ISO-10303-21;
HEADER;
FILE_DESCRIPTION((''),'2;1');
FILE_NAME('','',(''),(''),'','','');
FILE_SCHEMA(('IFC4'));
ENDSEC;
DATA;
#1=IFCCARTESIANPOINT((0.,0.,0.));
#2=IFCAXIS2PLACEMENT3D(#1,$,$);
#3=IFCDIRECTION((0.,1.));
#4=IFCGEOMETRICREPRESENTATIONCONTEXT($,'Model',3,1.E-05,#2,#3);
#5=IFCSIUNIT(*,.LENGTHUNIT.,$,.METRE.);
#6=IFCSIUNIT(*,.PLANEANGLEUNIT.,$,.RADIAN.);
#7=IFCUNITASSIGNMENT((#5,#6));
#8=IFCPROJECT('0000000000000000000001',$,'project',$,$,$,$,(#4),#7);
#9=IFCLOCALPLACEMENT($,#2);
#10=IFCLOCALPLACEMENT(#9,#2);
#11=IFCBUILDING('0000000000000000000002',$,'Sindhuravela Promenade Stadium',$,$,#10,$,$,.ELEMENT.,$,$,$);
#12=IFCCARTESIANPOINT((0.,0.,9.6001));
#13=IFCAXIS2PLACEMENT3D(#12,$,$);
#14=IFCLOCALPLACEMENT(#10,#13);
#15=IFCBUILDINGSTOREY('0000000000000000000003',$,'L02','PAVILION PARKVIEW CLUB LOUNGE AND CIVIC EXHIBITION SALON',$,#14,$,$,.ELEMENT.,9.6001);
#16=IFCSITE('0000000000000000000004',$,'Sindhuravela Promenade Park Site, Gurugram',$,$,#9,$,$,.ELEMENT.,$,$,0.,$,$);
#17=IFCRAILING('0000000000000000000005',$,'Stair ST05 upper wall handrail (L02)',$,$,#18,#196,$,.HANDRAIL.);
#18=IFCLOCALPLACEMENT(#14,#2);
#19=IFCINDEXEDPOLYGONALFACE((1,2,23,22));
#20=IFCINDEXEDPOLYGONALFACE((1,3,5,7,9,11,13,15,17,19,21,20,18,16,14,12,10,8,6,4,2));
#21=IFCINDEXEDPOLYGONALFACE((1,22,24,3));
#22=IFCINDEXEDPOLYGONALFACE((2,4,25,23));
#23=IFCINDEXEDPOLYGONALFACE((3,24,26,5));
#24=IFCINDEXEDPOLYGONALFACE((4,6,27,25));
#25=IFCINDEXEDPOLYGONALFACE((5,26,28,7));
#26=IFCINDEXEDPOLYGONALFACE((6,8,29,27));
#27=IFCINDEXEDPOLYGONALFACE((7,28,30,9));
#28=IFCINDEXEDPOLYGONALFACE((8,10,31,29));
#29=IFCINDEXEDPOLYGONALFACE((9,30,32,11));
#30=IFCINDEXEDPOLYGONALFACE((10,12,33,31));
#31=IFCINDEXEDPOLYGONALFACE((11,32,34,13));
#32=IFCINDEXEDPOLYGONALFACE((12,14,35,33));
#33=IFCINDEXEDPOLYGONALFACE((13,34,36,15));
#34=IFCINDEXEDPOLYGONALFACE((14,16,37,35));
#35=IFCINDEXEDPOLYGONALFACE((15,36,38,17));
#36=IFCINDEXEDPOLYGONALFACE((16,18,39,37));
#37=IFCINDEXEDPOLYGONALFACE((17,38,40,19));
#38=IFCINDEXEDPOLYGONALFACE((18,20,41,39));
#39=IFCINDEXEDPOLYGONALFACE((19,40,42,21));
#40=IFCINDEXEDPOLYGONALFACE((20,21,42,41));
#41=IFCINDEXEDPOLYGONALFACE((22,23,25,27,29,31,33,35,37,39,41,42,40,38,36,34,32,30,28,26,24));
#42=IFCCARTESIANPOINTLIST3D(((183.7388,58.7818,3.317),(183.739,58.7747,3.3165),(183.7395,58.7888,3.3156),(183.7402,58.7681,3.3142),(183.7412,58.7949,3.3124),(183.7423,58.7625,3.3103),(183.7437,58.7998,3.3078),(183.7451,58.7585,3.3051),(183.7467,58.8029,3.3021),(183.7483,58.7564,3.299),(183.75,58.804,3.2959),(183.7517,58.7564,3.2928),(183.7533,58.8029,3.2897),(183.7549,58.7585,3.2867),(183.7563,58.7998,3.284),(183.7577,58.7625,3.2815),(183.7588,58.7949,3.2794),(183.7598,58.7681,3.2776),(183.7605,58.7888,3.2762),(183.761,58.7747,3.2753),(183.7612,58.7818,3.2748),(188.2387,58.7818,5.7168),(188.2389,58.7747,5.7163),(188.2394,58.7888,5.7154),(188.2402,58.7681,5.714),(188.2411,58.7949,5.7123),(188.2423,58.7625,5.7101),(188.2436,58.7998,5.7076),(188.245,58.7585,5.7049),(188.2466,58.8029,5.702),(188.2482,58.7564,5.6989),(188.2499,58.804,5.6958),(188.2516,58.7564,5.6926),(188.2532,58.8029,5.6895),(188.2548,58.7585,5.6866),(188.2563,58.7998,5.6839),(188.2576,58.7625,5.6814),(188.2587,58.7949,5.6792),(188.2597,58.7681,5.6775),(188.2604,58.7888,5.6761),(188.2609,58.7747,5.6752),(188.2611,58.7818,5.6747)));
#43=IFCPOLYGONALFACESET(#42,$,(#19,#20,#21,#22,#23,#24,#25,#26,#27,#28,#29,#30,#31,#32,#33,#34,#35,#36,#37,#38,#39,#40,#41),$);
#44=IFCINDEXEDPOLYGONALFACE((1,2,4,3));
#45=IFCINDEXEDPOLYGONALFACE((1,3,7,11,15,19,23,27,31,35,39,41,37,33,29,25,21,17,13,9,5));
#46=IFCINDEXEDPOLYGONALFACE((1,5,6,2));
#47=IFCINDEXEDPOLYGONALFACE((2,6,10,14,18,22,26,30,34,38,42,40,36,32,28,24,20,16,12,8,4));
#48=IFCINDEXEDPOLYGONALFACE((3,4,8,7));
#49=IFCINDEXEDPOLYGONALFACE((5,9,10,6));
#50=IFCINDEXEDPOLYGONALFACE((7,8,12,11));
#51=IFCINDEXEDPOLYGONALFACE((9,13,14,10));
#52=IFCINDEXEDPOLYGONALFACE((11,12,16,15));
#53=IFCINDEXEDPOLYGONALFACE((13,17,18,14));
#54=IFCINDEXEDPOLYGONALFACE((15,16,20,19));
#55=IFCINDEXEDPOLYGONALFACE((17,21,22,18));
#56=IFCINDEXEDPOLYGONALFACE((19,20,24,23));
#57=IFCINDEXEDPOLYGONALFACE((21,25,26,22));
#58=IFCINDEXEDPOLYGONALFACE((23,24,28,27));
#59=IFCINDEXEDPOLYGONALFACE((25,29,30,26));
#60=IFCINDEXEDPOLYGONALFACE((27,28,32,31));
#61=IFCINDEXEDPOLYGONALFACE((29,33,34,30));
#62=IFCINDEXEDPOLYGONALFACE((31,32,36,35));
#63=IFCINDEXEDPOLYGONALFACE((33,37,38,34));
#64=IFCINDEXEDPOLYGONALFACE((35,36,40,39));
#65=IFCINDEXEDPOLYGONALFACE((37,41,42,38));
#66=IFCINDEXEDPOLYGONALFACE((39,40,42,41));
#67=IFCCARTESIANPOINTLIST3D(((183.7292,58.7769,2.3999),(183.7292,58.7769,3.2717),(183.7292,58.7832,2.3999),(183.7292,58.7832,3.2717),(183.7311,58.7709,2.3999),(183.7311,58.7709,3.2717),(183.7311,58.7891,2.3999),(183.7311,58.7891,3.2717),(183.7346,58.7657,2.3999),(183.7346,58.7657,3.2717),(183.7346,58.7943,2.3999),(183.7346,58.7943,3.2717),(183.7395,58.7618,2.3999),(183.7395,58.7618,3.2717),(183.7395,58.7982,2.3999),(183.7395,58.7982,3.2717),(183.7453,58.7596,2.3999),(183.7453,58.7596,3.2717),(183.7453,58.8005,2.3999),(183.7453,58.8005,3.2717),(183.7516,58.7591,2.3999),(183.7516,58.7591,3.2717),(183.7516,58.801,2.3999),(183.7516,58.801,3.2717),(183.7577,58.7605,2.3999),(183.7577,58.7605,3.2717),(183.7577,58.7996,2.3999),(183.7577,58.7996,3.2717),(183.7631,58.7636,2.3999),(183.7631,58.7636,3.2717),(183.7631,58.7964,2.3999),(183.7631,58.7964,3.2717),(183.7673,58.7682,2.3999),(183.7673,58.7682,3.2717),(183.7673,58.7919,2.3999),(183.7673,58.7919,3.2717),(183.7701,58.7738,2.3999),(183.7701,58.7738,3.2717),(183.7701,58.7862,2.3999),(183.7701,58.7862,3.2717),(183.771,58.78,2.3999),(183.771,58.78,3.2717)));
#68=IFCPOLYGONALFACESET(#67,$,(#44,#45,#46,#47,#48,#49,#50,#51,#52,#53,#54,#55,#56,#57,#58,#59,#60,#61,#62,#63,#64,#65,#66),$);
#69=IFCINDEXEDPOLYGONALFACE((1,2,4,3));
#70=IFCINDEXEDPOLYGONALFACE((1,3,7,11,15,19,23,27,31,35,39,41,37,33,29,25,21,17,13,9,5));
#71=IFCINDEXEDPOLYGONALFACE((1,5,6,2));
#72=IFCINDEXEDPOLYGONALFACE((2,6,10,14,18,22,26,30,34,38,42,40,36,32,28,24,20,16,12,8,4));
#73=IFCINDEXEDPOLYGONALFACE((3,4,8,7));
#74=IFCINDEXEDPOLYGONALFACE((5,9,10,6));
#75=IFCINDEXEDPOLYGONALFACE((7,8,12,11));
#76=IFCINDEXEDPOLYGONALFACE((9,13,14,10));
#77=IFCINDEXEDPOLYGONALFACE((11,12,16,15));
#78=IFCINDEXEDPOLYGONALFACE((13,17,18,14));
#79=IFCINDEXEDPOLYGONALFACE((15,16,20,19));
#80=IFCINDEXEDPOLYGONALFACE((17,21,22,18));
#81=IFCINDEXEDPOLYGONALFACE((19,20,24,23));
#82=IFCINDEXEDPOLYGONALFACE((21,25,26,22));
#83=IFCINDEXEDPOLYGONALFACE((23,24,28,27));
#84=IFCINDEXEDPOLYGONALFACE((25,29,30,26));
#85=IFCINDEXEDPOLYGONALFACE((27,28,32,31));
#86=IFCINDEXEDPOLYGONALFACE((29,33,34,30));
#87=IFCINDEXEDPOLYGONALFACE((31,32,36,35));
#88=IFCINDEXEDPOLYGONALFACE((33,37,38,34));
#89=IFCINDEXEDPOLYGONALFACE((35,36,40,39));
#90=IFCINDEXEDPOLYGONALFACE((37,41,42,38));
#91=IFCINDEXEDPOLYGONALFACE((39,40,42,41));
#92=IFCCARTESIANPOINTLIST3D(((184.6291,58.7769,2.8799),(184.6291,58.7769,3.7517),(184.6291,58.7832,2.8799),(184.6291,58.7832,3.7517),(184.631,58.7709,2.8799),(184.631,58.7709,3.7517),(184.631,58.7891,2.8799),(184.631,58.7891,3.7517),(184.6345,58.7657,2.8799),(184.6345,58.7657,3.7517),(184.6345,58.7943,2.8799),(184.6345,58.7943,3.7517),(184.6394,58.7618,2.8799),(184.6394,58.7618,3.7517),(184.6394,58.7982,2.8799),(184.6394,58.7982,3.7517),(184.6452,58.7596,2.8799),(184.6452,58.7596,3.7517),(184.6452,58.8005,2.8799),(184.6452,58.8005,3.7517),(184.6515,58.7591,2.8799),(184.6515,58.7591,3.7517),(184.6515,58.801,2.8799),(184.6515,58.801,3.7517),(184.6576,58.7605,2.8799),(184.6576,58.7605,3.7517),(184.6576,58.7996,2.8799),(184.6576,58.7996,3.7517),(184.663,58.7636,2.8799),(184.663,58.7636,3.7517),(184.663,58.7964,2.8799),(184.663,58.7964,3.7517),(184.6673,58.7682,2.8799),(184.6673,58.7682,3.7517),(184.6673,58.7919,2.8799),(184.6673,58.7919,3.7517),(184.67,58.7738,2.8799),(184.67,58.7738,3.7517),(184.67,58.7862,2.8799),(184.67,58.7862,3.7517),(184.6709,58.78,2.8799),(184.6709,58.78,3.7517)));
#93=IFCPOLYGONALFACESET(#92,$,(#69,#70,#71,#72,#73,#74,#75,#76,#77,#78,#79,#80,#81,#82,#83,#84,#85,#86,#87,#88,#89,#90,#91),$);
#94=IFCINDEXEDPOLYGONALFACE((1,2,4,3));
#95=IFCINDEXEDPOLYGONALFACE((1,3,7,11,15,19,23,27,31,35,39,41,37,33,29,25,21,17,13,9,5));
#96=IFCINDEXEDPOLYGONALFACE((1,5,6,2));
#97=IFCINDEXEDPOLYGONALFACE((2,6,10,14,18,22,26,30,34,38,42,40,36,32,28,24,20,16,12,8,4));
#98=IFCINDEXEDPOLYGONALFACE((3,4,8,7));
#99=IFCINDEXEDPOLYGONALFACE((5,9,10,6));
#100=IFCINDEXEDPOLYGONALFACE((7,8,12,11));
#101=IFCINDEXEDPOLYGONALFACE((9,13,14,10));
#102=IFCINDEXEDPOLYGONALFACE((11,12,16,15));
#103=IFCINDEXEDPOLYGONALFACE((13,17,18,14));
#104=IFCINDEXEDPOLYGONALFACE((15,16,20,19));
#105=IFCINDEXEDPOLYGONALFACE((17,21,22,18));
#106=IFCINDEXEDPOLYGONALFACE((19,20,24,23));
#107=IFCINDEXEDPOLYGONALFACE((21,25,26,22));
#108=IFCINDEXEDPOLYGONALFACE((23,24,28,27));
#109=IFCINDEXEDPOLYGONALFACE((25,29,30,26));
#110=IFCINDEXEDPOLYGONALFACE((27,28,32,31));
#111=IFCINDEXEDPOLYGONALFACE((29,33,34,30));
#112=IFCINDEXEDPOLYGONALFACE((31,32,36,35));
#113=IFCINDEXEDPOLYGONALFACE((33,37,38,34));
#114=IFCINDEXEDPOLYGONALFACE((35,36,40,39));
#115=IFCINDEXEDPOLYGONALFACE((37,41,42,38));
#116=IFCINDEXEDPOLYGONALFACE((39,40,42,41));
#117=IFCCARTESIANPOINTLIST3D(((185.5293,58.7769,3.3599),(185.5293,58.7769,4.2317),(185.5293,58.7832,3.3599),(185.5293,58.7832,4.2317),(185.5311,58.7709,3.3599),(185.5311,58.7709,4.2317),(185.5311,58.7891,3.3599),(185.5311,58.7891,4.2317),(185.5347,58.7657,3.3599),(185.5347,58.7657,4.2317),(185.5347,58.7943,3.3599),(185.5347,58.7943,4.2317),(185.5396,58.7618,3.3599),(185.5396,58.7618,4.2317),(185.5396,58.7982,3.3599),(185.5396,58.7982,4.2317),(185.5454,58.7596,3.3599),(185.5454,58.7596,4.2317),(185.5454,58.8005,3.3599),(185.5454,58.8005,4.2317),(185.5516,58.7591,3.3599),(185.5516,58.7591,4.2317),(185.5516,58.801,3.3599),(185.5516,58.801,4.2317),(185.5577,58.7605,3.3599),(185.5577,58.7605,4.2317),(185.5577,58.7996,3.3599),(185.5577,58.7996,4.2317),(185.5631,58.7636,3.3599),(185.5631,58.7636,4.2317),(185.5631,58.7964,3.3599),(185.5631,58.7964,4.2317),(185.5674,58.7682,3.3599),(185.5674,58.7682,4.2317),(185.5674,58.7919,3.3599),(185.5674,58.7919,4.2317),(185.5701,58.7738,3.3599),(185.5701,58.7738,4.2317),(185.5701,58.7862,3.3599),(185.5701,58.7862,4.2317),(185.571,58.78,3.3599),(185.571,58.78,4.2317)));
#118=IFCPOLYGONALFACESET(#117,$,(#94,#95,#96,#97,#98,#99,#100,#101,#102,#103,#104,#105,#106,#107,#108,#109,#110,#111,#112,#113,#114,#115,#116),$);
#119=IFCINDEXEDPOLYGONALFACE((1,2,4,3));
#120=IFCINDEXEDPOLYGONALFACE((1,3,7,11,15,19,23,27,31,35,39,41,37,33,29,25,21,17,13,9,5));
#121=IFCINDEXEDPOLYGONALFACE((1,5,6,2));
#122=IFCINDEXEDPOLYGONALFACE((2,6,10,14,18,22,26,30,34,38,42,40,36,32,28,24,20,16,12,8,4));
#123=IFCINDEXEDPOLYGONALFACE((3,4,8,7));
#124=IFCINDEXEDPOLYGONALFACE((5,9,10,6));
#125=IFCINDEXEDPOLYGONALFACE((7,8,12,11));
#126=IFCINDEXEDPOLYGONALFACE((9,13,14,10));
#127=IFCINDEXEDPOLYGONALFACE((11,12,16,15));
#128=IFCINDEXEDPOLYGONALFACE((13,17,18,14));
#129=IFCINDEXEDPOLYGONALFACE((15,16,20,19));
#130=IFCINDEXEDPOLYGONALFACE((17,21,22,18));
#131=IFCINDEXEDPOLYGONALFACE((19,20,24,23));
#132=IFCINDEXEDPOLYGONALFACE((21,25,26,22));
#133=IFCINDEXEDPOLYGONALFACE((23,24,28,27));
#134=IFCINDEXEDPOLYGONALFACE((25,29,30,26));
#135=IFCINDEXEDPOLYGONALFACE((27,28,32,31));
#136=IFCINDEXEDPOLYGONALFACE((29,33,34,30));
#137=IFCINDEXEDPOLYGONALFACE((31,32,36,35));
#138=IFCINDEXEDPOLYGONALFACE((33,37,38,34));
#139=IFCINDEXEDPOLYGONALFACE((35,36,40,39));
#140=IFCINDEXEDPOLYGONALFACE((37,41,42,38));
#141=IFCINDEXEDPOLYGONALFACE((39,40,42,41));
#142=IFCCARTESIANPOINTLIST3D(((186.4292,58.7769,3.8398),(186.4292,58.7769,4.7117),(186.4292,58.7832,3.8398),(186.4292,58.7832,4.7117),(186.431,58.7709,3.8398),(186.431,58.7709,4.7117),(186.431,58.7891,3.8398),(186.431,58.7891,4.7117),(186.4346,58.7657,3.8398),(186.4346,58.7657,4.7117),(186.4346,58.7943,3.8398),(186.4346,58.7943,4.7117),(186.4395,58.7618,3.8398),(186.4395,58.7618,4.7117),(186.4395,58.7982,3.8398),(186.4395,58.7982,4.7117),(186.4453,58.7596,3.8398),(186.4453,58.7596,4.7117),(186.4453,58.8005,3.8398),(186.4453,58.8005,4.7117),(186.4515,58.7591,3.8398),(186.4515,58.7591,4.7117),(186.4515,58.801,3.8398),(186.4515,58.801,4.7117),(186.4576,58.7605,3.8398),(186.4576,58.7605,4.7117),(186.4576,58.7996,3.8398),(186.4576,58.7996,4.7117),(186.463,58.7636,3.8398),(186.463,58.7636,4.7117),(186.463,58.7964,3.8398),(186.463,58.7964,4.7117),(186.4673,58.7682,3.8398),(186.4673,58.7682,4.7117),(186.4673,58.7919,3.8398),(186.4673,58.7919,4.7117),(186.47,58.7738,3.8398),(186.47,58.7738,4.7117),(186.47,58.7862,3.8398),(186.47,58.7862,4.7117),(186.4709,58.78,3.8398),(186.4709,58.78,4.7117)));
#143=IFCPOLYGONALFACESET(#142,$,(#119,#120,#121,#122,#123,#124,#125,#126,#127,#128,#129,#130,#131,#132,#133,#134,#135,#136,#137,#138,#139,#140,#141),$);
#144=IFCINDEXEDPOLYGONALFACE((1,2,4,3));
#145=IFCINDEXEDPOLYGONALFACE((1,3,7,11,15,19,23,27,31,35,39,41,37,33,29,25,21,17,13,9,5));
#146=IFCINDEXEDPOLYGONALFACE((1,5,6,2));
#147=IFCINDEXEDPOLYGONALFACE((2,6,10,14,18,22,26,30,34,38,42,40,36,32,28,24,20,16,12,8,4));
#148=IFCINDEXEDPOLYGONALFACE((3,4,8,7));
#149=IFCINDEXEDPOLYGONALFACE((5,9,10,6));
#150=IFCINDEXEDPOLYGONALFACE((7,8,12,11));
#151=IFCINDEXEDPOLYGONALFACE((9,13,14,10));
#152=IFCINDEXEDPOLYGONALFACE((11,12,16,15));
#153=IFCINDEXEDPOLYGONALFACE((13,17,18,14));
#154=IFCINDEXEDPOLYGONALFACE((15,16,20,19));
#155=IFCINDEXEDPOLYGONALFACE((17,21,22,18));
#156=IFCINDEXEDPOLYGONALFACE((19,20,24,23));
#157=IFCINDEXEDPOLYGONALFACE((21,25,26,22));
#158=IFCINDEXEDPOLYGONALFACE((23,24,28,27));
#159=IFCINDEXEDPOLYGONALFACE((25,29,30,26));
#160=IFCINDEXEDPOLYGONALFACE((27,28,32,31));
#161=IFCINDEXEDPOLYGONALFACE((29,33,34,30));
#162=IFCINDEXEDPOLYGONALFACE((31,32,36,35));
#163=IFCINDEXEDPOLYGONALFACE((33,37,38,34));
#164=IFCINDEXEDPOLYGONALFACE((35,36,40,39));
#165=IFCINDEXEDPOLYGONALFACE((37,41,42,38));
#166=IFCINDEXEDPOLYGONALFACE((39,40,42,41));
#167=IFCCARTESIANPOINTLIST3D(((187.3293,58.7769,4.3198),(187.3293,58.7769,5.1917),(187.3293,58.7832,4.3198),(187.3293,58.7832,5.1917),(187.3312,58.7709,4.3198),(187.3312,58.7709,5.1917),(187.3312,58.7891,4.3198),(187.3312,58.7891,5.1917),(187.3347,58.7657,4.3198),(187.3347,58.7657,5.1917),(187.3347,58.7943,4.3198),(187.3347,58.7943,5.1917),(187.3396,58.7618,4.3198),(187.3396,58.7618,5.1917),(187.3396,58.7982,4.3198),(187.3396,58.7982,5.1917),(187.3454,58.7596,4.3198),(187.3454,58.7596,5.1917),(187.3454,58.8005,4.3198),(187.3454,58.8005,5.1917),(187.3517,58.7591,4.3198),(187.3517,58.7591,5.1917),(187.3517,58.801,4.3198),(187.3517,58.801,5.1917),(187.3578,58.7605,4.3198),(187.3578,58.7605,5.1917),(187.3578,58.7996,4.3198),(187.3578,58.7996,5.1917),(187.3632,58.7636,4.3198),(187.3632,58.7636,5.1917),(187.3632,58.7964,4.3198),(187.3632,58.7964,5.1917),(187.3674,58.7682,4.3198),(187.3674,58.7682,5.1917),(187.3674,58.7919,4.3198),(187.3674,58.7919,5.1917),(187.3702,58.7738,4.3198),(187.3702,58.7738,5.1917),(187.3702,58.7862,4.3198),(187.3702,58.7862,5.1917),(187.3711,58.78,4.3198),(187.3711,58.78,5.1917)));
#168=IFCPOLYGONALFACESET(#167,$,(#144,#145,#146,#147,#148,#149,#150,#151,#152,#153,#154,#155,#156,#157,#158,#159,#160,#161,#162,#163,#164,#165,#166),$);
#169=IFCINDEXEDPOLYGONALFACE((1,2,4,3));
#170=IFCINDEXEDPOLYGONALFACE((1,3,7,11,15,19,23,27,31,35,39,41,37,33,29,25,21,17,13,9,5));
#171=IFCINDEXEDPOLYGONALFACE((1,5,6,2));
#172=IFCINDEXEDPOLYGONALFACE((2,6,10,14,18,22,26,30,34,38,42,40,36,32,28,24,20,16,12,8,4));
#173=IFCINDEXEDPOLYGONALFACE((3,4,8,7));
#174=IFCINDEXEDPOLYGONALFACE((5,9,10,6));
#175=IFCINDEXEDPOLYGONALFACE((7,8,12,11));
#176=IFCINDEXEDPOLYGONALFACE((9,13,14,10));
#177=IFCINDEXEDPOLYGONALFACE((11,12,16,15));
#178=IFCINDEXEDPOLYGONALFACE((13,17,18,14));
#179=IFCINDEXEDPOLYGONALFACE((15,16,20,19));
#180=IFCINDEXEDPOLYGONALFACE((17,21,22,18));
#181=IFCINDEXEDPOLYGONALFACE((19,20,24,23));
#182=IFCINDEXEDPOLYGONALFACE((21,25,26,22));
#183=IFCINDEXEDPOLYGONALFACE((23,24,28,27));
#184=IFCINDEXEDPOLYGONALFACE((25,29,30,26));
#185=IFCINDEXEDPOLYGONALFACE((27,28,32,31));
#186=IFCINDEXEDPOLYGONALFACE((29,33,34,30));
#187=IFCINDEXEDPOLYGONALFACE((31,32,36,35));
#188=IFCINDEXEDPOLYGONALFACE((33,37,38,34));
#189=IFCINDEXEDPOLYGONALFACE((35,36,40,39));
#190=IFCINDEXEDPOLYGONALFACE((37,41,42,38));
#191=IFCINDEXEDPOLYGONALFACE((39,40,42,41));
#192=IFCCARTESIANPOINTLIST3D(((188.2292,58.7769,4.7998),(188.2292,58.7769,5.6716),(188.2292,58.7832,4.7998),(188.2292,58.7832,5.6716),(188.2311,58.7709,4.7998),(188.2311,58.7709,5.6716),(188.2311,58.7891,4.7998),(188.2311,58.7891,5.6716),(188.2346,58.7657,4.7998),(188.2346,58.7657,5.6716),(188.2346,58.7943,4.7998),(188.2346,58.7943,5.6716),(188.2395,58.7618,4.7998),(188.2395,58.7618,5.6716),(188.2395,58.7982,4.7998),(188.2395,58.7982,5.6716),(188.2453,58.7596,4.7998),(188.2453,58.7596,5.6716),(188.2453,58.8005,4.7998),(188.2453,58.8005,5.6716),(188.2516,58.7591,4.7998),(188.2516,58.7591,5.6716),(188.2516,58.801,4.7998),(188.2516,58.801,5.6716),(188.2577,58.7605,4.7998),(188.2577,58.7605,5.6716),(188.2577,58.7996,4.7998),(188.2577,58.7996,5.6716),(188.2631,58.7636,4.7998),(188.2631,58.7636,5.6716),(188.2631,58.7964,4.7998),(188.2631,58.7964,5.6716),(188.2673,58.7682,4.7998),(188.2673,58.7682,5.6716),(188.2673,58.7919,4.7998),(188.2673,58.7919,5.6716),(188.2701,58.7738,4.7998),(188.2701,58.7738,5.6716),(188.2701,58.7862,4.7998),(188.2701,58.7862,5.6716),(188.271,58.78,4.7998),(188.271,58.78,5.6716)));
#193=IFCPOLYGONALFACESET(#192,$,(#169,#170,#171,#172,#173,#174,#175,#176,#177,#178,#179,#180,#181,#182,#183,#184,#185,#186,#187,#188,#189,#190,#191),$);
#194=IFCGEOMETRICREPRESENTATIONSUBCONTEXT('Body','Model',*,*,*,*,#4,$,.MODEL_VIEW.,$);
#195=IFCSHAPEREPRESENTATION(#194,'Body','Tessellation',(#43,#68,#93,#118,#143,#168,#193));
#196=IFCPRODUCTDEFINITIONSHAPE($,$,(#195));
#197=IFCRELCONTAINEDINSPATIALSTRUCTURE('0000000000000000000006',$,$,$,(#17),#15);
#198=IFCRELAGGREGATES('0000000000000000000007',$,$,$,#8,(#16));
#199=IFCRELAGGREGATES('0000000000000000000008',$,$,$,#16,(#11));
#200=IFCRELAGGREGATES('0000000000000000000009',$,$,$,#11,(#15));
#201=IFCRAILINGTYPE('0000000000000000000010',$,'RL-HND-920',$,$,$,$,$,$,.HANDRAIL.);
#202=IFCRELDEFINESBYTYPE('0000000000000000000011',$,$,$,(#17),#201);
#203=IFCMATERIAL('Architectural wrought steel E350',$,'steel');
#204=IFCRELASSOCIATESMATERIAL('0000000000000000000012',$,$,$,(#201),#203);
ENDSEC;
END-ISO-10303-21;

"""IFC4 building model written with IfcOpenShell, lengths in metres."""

from ifc_helpers import new_model, si_unit, direction, frame, origin, origin_2d, place, context, subcontext, project, spatial, circle, extrude, material, type_object, element, save


model = new_model("IFC4")

# Units and contexts
model_context = context("Model", 3, precision=1e-05, world=origin(), true_north=direction((0.0, 1.0)))
body_context = subcontext(model_context, "Body", "Model", "MODEL_VIEW")
ifc_project = project(units=[si_unit("LENGTHUNIT", "METRE"), si_unit("PLANEANGLEUNIT", "RADIAN")], contexts=[model_context])

# Site, building, storey
site_placement = place(None, origin())
site = spatial("IfcSite", under=ifc_project, at=site_placement, Name="Sindhuravela Promenade Park Site, Gurugram", CompositionType="ELEMENT", RefElevation=0.0)
building_placement = place(site_placement, origin())
building = spatial("IfcBuilding", under=site, at=building_placement, Name="Sindhuravela Promenade Stadium", CompositionType="ELEMENT")
storey_placement = place(building_placement, frame((0.0, 0.0, 9.6001)))
storey = spatial("IfcBuildingStorey", under=building, at=storey_placement, Name="L02", Description="PAVILION PARKVIEW CLUB LOUNGE AND CIVIC EXHIBITION SALON", CompositionType="ELEMENT", Elevation=9.6001)

# Shared definitions
ifc_material_1 = material(Name="Architectural wrought steel E350", Category="steel")

# Railing
railing_type_1 = type_object("IfcRailingType", Name="RL-HND-920", PredefinedType="HANDRAIL", material=ifc_material_1)
railing_1_placement = place(storey_placement, frame((183.75, 58.78, 2.3999)))
element("IfcRailing", 1, at=railing_1_placement, inside=storey, type_object=railing_type_1, Name="Stair ST05 upper wall handrail (L02)", PredefinedType="HANDRAIL", context=body_context, shape_type="SweptSolid", body=[
    extrude(circle(Radius=0.0239, at=origin_2d()), frame((0.0, 0.0, 0.896), z_axis=(0.882361, 0.0, 0.470573), x_axis=(0.0, 1.0, 0.0)), (0.0, 0.0, 1.0), 5.0999),
    extrude(circle(Radius=0.021, at=origin_2d()), origin(), (0.0, 0.0, 1.0), 0.8718),
    extrude(circle(Radius=0.021, at=origin_2d()), frame((0.8999, 0.0, 0.48)), (0.0, 0.0, 1.0), 0.8718),
    extrude(circle(Radius=0.021, at=origin_2d()), frame((1.8, 0.0, 0.96)), (0.0, 0.0, 1.0), 0.8718),
    extrude(circle(Radius=0.021, at=origin_2d()), frame((2.7, 0.0, 1.4399)), (0.0, 0.0, 1.0), 0.8718),
    extrude(circle(Radius=0.021, at=origin_2d()), frame((3.6001, 0.0, 1.9199)), (0.0, 0.0, 1.0), 0.8718),
    extrude(circle(Radius=0.021, at=origin_2d()), frame((4.5, 0.0, 2.3999)), (0.0, 0.0, 1.0), 0.8718),
])

save(model, "model.ifc")
